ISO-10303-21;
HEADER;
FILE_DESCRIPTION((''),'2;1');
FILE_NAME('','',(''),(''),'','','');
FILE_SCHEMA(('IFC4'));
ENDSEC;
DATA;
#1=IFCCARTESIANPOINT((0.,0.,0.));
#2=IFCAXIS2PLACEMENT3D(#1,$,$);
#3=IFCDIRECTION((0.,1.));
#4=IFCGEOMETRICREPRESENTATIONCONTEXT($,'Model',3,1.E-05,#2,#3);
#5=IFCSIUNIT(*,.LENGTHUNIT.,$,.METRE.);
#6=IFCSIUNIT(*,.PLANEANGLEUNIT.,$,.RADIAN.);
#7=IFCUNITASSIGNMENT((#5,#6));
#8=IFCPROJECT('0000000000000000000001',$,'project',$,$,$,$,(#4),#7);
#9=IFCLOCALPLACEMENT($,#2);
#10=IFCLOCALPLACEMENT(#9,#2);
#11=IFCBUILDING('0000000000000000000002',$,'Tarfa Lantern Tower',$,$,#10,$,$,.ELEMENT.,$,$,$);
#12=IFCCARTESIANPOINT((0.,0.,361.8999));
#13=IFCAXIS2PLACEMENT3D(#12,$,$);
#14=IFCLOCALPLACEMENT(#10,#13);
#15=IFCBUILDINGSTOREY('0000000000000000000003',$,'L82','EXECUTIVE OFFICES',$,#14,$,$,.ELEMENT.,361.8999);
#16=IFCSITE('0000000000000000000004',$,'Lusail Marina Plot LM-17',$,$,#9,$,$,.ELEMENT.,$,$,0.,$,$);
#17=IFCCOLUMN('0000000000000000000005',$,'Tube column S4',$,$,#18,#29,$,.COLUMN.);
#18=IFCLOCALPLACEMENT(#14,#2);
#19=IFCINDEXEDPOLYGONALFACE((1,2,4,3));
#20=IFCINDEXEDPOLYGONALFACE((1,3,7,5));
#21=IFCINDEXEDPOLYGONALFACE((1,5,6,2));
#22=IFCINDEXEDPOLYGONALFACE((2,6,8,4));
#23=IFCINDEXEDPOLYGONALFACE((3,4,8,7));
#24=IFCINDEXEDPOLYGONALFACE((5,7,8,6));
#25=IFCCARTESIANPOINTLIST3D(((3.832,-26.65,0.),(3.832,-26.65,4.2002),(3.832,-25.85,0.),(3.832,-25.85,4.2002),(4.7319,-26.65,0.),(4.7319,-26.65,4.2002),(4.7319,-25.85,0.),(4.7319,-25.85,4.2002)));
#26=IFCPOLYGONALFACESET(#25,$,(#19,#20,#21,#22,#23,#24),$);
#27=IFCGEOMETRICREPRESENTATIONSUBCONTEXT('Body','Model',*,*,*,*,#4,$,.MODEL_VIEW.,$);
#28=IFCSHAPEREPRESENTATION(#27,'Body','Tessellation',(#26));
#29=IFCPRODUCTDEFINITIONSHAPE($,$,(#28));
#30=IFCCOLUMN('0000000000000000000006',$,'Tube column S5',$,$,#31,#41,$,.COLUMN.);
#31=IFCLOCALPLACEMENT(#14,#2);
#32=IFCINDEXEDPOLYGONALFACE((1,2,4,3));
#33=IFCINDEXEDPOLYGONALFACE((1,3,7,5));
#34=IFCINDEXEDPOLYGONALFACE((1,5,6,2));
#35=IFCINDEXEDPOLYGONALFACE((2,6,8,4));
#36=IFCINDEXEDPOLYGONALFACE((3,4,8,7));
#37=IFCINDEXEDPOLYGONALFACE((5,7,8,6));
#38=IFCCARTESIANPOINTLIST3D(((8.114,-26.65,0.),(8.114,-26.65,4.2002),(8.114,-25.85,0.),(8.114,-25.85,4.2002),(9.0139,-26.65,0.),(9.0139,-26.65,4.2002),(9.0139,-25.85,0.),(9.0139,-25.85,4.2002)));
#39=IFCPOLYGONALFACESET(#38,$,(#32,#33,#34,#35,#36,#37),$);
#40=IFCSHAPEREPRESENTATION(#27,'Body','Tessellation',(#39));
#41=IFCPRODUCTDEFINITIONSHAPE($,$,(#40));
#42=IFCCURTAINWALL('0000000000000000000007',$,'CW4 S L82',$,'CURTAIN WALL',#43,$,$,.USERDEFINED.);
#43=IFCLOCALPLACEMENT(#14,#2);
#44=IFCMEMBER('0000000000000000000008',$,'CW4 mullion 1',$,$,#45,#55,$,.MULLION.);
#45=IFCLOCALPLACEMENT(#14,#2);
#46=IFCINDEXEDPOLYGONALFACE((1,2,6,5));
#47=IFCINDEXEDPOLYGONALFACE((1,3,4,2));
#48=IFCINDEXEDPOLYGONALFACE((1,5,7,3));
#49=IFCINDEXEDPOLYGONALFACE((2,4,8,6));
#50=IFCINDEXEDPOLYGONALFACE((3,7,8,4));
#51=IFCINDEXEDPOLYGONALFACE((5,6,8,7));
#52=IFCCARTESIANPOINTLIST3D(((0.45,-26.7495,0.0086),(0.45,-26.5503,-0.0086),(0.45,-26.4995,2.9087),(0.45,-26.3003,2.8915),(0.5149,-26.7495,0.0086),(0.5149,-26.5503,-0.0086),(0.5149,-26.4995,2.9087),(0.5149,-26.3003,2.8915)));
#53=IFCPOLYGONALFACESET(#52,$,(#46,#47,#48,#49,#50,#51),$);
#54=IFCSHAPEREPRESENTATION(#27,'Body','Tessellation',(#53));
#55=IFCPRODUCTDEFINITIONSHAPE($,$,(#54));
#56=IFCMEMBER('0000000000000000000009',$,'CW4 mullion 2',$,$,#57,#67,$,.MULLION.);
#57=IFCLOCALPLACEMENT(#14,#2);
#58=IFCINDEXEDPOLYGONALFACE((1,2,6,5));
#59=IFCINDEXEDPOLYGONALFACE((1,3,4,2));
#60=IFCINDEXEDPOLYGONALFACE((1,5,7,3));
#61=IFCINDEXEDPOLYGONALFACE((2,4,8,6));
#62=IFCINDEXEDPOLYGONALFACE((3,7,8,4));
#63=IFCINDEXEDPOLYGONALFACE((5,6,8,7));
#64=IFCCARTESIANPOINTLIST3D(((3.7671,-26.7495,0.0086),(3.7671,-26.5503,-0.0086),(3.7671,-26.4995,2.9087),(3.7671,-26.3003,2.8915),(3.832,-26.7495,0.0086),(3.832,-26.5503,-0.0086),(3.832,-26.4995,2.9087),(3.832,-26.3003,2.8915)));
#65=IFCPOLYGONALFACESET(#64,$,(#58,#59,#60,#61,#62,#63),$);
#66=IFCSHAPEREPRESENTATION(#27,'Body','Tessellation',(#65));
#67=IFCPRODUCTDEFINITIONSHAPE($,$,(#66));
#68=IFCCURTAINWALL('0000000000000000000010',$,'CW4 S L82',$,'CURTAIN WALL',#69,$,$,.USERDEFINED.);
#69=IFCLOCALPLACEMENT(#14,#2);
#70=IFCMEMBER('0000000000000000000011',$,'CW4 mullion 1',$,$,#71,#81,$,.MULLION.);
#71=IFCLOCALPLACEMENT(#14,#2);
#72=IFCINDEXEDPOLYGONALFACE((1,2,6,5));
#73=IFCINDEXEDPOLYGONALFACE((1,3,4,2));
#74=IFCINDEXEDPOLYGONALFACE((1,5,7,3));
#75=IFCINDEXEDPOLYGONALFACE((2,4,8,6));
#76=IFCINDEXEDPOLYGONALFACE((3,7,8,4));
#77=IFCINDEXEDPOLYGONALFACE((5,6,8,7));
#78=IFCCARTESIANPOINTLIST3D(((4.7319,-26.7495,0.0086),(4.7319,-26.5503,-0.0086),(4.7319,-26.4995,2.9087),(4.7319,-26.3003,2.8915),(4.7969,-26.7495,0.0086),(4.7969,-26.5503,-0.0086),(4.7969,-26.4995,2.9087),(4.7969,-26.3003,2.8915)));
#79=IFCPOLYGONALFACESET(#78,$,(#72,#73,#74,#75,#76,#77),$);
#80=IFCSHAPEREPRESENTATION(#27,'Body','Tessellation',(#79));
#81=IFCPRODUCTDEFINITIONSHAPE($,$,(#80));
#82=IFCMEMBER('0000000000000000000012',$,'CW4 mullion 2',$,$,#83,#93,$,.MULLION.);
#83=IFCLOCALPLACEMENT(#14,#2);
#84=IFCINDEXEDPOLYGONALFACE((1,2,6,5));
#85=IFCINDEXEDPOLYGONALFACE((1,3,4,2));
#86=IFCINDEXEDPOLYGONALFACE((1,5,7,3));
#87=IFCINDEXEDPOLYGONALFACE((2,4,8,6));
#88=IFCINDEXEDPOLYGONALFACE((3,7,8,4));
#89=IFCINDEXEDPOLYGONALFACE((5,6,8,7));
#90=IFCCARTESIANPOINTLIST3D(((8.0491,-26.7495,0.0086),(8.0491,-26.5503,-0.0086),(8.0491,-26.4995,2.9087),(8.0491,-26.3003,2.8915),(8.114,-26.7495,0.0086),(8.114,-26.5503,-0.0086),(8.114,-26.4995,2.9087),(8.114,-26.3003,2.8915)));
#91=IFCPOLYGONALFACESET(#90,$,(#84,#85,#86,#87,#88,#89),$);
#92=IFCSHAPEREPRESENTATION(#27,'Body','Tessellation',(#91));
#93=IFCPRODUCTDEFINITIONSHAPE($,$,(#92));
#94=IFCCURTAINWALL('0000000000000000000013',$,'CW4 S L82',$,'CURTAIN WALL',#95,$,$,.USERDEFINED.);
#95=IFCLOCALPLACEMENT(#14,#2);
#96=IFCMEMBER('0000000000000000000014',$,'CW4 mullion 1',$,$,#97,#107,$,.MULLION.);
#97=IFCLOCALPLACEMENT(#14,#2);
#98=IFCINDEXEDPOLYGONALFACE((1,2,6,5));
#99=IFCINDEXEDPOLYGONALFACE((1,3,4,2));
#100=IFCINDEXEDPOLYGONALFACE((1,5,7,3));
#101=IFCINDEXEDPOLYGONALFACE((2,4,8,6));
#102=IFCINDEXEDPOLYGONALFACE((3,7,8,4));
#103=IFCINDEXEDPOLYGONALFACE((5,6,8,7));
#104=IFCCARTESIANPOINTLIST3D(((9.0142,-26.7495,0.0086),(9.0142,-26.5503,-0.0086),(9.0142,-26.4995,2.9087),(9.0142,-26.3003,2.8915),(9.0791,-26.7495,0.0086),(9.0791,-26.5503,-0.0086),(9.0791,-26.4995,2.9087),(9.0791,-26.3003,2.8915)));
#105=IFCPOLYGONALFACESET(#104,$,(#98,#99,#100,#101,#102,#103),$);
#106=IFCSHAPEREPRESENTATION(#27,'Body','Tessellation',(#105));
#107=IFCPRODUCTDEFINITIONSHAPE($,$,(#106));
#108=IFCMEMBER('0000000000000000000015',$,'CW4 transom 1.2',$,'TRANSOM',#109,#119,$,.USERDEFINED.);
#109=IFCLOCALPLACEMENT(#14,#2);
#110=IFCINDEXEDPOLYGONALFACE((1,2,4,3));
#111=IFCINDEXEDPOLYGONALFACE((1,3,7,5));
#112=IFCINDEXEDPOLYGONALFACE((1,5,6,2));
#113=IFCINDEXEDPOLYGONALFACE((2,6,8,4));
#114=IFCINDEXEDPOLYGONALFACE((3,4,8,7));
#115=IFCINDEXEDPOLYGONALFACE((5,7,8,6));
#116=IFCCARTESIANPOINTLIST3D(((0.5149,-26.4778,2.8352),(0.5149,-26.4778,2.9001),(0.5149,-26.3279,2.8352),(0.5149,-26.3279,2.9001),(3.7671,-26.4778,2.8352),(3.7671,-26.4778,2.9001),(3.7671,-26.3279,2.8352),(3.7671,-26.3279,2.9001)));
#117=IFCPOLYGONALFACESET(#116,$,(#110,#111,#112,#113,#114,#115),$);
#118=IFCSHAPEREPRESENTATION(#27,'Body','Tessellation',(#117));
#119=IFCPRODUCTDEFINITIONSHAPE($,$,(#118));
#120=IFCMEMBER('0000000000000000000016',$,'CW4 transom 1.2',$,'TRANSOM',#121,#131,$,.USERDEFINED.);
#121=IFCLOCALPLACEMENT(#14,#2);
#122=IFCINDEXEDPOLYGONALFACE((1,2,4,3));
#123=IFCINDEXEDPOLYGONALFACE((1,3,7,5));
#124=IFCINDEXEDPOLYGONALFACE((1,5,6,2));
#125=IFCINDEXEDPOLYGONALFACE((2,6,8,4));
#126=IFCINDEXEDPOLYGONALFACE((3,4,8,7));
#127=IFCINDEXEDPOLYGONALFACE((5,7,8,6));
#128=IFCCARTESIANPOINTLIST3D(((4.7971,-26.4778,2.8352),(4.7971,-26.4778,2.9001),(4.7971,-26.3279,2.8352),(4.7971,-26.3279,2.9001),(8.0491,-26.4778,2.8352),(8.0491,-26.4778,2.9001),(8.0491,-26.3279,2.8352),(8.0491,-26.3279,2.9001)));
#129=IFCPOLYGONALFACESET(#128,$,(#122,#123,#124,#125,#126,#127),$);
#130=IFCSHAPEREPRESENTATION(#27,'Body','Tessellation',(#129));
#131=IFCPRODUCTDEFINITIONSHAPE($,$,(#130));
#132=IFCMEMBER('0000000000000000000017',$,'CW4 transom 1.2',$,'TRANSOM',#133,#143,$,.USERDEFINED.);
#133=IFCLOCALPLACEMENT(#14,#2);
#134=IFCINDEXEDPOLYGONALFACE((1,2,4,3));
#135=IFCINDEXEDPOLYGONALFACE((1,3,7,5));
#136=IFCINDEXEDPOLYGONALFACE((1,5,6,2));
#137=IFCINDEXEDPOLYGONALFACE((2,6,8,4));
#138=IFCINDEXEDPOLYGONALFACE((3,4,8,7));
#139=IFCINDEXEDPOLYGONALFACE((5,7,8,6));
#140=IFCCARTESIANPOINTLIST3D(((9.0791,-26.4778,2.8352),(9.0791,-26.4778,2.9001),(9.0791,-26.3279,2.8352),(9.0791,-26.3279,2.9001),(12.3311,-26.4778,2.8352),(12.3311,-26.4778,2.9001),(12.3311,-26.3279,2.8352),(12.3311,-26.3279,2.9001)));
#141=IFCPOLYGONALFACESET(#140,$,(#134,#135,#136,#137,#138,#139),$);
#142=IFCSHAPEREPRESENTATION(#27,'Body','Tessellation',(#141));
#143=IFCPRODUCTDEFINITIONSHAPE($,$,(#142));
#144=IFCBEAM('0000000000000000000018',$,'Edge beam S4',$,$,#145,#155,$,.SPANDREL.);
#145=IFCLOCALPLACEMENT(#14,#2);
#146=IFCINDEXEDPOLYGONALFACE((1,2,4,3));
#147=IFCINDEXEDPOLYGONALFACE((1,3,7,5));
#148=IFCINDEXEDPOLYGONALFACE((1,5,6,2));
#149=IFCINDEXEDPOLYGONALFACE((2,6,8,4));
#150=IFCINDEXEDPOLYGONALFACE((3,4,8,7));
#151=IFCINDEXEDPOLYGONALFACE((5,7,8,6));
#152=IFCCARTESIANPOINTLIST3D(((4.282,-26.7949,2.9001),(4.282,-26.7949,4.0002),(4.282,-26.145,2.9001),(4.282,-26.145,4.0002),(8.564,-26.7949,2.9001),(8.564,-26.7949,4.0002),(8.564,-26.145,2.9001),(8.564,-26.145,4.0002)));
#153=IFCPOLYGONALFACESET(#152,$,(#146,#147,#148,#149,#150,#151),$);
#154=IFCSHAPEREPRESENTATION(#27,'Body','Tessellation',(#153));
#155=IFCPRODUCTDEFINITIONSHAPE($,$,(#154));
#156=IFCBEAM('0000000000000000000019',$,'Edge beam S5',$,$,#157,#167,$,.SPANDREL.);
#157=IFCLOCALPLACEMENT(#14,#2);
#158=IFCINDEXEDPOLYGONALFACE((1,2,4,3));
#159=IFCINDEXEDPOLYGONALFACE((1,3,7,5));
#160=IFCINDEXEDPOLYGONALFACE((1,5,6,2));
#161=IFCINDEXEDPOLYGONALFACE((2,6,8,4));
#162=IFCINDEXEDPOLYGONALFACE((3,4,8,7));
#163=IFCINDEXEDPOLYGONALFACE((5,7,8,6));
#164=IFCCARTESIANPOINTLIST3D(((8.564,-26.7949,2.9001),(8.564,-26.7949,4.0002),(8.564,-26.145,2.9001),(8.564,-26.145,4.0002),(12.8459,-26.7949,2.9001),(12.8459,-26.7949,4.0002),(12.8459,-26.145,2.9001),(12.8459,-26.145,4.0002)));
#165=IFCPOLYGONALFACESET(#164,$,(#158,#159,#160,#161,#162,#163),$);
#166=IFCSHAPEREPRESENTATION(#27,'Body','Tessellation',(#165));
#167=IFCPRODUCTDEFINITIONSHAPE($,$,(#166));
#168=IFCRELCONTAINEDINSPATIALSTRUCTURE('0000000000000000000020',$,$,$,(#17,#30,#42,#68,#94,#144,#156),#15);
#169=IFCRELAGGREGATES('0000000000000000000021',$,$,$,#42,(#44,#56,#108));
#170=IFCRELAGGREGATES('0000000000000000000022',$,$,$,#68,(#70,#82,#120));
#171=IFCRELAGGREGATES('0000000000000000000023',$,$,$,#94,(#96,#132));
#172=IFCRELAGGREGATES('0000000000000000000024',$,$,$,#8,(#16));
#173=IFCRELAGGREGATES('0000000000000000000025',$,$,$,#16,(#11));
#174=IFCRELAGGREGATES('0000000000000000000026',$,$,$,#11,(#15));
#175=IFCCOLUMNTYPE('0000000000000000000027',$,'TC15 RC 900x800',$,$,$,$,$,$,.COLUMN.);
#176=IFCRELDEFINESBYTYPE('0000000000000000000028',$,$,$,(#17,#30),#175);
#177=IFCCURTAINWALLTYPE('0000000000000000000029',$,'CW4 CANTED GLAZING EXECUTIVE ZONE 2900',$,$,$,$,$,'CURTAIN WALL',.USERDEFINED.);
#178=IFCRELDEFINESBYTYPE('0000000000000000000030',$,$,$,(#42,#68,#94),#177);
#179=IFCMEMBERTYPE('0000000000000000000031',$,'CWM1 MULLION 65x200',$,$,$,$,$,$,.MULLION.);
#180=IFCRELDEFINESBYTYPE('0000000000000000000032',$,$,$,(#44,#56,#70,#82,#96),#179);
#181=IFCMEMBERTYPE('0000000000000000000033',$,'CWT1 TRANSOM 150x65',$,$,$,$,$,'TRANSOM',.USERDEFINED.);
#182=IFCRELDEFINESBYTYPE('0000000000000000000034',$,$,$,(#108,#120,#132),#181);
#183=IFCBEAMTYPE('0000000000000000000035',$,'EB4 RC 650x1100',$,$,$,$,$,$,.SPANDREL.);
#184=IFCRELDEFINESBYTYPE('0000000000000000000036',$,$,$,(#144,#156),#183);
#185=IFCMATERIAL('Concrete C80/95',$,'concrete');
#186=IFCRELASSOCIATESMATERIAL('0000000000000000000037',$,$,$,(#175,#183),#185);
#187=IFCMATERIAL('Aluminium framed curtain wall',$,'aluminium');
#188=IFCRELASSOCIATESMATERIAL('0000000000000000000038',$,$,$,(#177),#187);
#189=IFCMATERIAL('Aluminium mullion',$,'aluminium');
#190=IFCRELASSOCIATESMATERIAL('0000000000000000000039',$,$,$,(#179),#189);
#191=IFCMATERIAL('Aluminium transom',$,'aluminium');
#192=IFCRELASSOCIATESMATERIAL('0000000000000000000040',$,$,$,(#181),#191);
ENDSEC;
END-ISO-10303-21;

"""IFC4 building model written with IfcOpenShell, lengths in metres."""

from ifc_helpers import new_model, si_unit, direction, frame, origin, origin_2d, place, context, subcontext, project, spatial, rectangle, extrude, material, material_profile, profile_set, type_object, element, aggregate, save


model = new_model("IFC4")

# Units and contexts
model_context = context("Model", 3, precision=1e-05, world=origin(), true_north=direction((0.0, 1.0)))
body_context = subcontext(model_context, "Body", "Model", "MODEL_VIEW")
ifc_project = project(units=[si_unit("LENGTHUNIT", "METRE"), si_unit("PLANEANGLEUNIT", "RADIAN")], contexts=[model_context])

# Site, building, storey
site_placement = place(None, origin())
site = spatial("IfcSite", under=ifc_project, at=site_placement, Name="Lusail Marina Plot LM-17", CompositionType="ELEMENT", RefElevation=0.0)
building_placement = place(site_placement, origin())
building = spatial("IfcBuilding", under=site, at=building_placement, Name="Tarfa Lantern Tower", CompositionType="ELEMENT")
storey_placement = place(building_placement, frame((0.0, 0.0, 361.8999)))
storey = spatial("IfcBuildingStorey", under=building, at=storey_placement, Name="L82", Description="EXECUTIVE OFFICES", CompositionType="ELEMENT", Elevation=361.8999)

# Columns
ifc_material_1 = material(Name="Concrete C80/95", Category="concrete")
ifc_material_profile_1 = material_profile(ifc_material_1, rectangle(XDim=0.8999, YDim=0.8, at=origin_2d()), Name="RC 900x800")
ifc_profile_set_1 = profile_set([ifc_material_profile_1], Name="Concrete C80/95")
column_type = type_object("IfcColumnType", Name="TC15 RC 900x800", PredefinedType="COLUMN", material=ifc_profile_set_1)
for number, where, z_axis, x_axis, name in (
    (1, (4.282, -26.25, 0.0), (0.0, 0.0, 1.0), (1.0, 0.0, 0.0), "Tube column S4"),
    (2, (8.564, -26.25, 0.0), (0.0, 0.0, 1.0), (1.0, 0.0, 0.0), "Tube column S5"),
):
    element("IfcColumn", number, at=place(storey_placement, frame(where, z_axis=z_axis, x_axis=x_axis)), inside=storey, type_object=column_type, Name=name, PredefinedType="COLUMN", context=body_context, shape_type="SweptSolid", body=[
        extrude(rectangle(XDim=0.8999, YDim=0.8, at=origin_2d()), origin(), (0.0, 0.0, 1.0), 4.2002),
    ])

# Curtain walls, members
ifc_material_2 = material(Name="Aluminium framed curtain wall", Category="aluminium")
curtain_wall_type = type_object("IfcCurtainWallType", Name="CW4 CANTED GLAZING EXECUTIVE ZONE 2900", ElementType="CURTAIN WALL", PredefinedType="USERDEFINED", material=ifc_material_2)
curtain_wall_1_placement = place(storey_placement, origin())
curtain_wall_1 = element("IfcCurtainWall", 3, at=curtain_wall_1_placement, inside=storey, type_object=curtain_wall_type, Name="CW4 S L82", ObjectType="CURTAIN WALL", PredefinedType="USERDEFINED")
ifc_material_3 = material(Name="Aluminium mullion", Category="aluminium")
ifc_material_profile_2 = material_profile(ifc_material_3, rectangle(XDim=0.0649, YDim=0.2, at=origin_2d()), Name="AL MULLION 65x200")
ifc_profile_set_2 = profile_set([ifc_material_profile_2], Name="Aluminium mullion")
member_type_1 = type_object("IfcMemberType", Name="CWM1 MULLION 65x200", PredefinedType="MULLION", material=ifc_profile_set_2)
member_1_placement = place(storey_placement, frame((0.4824, -26.6499, 0.0), z_axis=(0.0, 0.085884, 0.996305), x_axis=(-1.0, 0.0, 0.0)))
member_1 = element("IfcMember", 4, at=member_1_placement, type_object=member_type_1, Name="CW4 mullion 1", PredefinedType="MULLION", context=body_context, shape_type="SweptSolid", body=[
    extrude(rectangle(XDim=0.0649, YDim=0.2, at=origin_2d()), origin(), (0.0, 0.0, 1.0), 2.9109),
])
member_2_placement = place(storey_placement, frame((3.7996, -26.6499, 0.0), z_axis=(0.0, 0.085884, 0.996305), x_axis=(-1.0, 0.0, 0.0)))
member_2 = element("IfcMember", 5, at=member_2_placement, type_object=member_type_1, Name="CW4 mullion 2", PredefinedType="MULLION", context=body_context, shape_type="SweptSolid", body=[
    extrude(rectangle(XDim=0.0649, YDim=0.2, at=origin_2d()), origin(), (0.0, 0.0, 1.0), 2.9109),
])
curtain_wall_2_placement = place(storey_placement, origin())
curtain_wall_2 = element("IfcCurtainWall", 6, at=curtain_wall_2_placement, inside=storey, type_object=curtain_wall_type, Name="CW4 S L82", ObjectType="CURTAIN WALL", PredefinedType="USERDEFINED")
member_3_placement = place(storey_placement, frame((4.7644, -26.6499, 0.0), z_axis=(0.0, 0.085884, 0.996305), x_axis=(-1.0, 0.0, 0.0)))
member_3 = element("IfcMember", 7, at=member_3_placement, type_object=member_type_1, Name="CW4 mullion 1", PredefinedType="MULLION", context=body_context, shape_type="SweptSolid", body=[
    extrude(rectangle(XDim=0.0649, YDim=0.2, at=origin_2d()), origin(), (0.0, 0.0, 1.0), 2.9109),
])
member_4_placement = place(storey_placement, frame((8.0815, -26.6499, 0.0), z_axis=(0.0, 0.085884, 0.996305), x_axis=(-1.0, 0.0, 0.0)))
member_4 = element("IfcMember", 8, at=member_4_placement, type_object=member_type_1, Name="CW4 mullion 2", PredefinedType="MULLION", context=body_context, shape_type="SweptSolid", body=[
    extrude(rectangle(XDim=0.0649, YDim=0.2, at=origin_2d()), origin(), (0.0, 0.0, 1.0), 2.9109),
])

# Curtain wall, member
curtain_wall_3_placement = place(storey_placement, origin())
curtain_wall_3 = element("IfcCurtainWall", 9, at=curtain_wall_3_placement, inside=storey, type_object=curtain_wall_type, Name="CW4 S L82", ObjectType="CURTAIN WALL", PredefinedType="USERDEFINED")
member_5_placement = place(storey_placement, frame((9.0466, -26.6499, 0.0), z_axis=(0.0, 0.085884, 0.996305), x_axis=(-1.0, 0.0, 0.0)))
member_5 = element("IfcMember", 10, at=member_5_placement, type_object=member_type_1, Name="CW4 mullion 1", PredefinedType="MULLION", context=body_context, shape_type="SweptSolid", body=[
    extrude(rectangle(XDim=0.0649, YDim=0.2, at=origin_2d()), origin(), (0.0, 0.0, 1.0), 2.9109),
])

# Members
ifc_material_4 = material(Name="Aluminium transom", Category="aluminium")
ifc_material_profile_3 = material_profile(ifc_material_4, rectangle(XDim=0.1499, YDim=0.0649, at=origin_2d()), Name="AL TRANSOM 150x65")
ifc_profile_set_3 = profile_set([ifc_material_profile_3], Name="Aluminium transom")
member_type_2 = type_object("IfcMemberType", Name="CWT1 TRANSOM 150x65", ElementType="TRANSOM", PredefinedType="USERDEFINED", material=ifc_profile_set_3)
member_6_placement = place(storey_placement, frame((0.5149, -26.4028, 2.8677), z_axis=(1.0, 0.0, 0.0), x_axis=(0.0, 1.0, 0.0)))
member_6 = element("IfcMember", 11, at=member_6_placement, type_object=member_type_2, Name="CW4 transom 1.2", ObjectType="TRANSOM", PredefinedType="USERDEFINED", context=body_context, shape_type="SweptSolid", body=[
    extrude(rectangle(XDim=0.1499, YDim=0.0649, at=origin_2d()), origin(), (0.0, 0.0, 1.0), 3.2522),
])
member_7_placement = place(storey_placement, frame((4.7971, -26.4028, 2.8677), z_axis=(1.0, 0.0, 0.0), x_axis=(0.0, 1.0, 0.0)))
member_7 = element("IfcMember", 12, at=member_7_placement, type_object=member_type_2, Name="CW4 transom 1.2", ObjectType="TRANSOM", PredefinedType="USERDEFINED", context=body_context, shape_type="SweptSolid", body=[
    extrude(rectangle(XDim=0.1499, YDim=0.0649, at=origin_2d()), origin(), (0.0, 0.0, 1.0), 3.252),
])
member_8_placement = place(storey_placement, frame((9.0791, -26.4028, 2.8677), z_axis=(1.0, 0.0, 0.0), x_axis=(0.0, 1.0, 0.0)))
member_8 = element("IfcMember", 13, at=member_8_placement, type_object=member_type_2, Name="CW4 transom 1.2", ObjectType="TRANSOM", PredefinedType="USERDEFINED", context=body_context, shape_type="SweptSolid", body=[
    extrude(rectangle(XDim=0.1499, YDim=0.0649, at=origin_2d()), origin(), (0.0, 0.0, 1.0), 3.252),
])

# Beams
ifc_material_profile_4 = material_profile(ifc_material_1, rectangle(XDim=0.6499, YDim=1.1001, at=origin_2d()), Name="RC 650x1100")
ifc_profile_set_4 = profile_set([ifc_material_profile_4], Name="Concrete C80/95")
beam_type_1 = type_object("IfcBeamType", Name="EB4 RC 650x1100", PredefinedType="SPANDREL", material=ifc_profile_set_4)
for number, where, z_axis, x_axis, name in (
    (14, (4.282, -26.47, 3.4502), (1.0, 0.0, 0.0), (0.0, 1.0, 0.0), "Edge beam S4"),
    (15, (8.564, -26.47, 3.4502), (1.0, 0.0, 0.0), (0.0, 1.0, 0.0), "Edge beam S5"),
):
    element("IfcBeam", number, at=place(storey_placement, frame(where, z_axis=z_axis, x_axis=x_axis)), inside=storey, type_object=beam_type_1, Name=name, PredefinedType="SPANDREL", context=body_context, shape_type="SweptSolid", body=[
        extrude(rectangle(XDim=0.6499, YDim=1.1001, at=origin_2d()), origin(), (0.0, 0.0, 1.0), 4.282),
    ])

aggregate(curtain_wall_1, [member_1, member_2, member_6])
aggregate(curtain_wall_2, [member_3, member_4, member_7])
aggregate(curtain_wall_3, [member_5, member_8])

save(model, "model.ifc")
